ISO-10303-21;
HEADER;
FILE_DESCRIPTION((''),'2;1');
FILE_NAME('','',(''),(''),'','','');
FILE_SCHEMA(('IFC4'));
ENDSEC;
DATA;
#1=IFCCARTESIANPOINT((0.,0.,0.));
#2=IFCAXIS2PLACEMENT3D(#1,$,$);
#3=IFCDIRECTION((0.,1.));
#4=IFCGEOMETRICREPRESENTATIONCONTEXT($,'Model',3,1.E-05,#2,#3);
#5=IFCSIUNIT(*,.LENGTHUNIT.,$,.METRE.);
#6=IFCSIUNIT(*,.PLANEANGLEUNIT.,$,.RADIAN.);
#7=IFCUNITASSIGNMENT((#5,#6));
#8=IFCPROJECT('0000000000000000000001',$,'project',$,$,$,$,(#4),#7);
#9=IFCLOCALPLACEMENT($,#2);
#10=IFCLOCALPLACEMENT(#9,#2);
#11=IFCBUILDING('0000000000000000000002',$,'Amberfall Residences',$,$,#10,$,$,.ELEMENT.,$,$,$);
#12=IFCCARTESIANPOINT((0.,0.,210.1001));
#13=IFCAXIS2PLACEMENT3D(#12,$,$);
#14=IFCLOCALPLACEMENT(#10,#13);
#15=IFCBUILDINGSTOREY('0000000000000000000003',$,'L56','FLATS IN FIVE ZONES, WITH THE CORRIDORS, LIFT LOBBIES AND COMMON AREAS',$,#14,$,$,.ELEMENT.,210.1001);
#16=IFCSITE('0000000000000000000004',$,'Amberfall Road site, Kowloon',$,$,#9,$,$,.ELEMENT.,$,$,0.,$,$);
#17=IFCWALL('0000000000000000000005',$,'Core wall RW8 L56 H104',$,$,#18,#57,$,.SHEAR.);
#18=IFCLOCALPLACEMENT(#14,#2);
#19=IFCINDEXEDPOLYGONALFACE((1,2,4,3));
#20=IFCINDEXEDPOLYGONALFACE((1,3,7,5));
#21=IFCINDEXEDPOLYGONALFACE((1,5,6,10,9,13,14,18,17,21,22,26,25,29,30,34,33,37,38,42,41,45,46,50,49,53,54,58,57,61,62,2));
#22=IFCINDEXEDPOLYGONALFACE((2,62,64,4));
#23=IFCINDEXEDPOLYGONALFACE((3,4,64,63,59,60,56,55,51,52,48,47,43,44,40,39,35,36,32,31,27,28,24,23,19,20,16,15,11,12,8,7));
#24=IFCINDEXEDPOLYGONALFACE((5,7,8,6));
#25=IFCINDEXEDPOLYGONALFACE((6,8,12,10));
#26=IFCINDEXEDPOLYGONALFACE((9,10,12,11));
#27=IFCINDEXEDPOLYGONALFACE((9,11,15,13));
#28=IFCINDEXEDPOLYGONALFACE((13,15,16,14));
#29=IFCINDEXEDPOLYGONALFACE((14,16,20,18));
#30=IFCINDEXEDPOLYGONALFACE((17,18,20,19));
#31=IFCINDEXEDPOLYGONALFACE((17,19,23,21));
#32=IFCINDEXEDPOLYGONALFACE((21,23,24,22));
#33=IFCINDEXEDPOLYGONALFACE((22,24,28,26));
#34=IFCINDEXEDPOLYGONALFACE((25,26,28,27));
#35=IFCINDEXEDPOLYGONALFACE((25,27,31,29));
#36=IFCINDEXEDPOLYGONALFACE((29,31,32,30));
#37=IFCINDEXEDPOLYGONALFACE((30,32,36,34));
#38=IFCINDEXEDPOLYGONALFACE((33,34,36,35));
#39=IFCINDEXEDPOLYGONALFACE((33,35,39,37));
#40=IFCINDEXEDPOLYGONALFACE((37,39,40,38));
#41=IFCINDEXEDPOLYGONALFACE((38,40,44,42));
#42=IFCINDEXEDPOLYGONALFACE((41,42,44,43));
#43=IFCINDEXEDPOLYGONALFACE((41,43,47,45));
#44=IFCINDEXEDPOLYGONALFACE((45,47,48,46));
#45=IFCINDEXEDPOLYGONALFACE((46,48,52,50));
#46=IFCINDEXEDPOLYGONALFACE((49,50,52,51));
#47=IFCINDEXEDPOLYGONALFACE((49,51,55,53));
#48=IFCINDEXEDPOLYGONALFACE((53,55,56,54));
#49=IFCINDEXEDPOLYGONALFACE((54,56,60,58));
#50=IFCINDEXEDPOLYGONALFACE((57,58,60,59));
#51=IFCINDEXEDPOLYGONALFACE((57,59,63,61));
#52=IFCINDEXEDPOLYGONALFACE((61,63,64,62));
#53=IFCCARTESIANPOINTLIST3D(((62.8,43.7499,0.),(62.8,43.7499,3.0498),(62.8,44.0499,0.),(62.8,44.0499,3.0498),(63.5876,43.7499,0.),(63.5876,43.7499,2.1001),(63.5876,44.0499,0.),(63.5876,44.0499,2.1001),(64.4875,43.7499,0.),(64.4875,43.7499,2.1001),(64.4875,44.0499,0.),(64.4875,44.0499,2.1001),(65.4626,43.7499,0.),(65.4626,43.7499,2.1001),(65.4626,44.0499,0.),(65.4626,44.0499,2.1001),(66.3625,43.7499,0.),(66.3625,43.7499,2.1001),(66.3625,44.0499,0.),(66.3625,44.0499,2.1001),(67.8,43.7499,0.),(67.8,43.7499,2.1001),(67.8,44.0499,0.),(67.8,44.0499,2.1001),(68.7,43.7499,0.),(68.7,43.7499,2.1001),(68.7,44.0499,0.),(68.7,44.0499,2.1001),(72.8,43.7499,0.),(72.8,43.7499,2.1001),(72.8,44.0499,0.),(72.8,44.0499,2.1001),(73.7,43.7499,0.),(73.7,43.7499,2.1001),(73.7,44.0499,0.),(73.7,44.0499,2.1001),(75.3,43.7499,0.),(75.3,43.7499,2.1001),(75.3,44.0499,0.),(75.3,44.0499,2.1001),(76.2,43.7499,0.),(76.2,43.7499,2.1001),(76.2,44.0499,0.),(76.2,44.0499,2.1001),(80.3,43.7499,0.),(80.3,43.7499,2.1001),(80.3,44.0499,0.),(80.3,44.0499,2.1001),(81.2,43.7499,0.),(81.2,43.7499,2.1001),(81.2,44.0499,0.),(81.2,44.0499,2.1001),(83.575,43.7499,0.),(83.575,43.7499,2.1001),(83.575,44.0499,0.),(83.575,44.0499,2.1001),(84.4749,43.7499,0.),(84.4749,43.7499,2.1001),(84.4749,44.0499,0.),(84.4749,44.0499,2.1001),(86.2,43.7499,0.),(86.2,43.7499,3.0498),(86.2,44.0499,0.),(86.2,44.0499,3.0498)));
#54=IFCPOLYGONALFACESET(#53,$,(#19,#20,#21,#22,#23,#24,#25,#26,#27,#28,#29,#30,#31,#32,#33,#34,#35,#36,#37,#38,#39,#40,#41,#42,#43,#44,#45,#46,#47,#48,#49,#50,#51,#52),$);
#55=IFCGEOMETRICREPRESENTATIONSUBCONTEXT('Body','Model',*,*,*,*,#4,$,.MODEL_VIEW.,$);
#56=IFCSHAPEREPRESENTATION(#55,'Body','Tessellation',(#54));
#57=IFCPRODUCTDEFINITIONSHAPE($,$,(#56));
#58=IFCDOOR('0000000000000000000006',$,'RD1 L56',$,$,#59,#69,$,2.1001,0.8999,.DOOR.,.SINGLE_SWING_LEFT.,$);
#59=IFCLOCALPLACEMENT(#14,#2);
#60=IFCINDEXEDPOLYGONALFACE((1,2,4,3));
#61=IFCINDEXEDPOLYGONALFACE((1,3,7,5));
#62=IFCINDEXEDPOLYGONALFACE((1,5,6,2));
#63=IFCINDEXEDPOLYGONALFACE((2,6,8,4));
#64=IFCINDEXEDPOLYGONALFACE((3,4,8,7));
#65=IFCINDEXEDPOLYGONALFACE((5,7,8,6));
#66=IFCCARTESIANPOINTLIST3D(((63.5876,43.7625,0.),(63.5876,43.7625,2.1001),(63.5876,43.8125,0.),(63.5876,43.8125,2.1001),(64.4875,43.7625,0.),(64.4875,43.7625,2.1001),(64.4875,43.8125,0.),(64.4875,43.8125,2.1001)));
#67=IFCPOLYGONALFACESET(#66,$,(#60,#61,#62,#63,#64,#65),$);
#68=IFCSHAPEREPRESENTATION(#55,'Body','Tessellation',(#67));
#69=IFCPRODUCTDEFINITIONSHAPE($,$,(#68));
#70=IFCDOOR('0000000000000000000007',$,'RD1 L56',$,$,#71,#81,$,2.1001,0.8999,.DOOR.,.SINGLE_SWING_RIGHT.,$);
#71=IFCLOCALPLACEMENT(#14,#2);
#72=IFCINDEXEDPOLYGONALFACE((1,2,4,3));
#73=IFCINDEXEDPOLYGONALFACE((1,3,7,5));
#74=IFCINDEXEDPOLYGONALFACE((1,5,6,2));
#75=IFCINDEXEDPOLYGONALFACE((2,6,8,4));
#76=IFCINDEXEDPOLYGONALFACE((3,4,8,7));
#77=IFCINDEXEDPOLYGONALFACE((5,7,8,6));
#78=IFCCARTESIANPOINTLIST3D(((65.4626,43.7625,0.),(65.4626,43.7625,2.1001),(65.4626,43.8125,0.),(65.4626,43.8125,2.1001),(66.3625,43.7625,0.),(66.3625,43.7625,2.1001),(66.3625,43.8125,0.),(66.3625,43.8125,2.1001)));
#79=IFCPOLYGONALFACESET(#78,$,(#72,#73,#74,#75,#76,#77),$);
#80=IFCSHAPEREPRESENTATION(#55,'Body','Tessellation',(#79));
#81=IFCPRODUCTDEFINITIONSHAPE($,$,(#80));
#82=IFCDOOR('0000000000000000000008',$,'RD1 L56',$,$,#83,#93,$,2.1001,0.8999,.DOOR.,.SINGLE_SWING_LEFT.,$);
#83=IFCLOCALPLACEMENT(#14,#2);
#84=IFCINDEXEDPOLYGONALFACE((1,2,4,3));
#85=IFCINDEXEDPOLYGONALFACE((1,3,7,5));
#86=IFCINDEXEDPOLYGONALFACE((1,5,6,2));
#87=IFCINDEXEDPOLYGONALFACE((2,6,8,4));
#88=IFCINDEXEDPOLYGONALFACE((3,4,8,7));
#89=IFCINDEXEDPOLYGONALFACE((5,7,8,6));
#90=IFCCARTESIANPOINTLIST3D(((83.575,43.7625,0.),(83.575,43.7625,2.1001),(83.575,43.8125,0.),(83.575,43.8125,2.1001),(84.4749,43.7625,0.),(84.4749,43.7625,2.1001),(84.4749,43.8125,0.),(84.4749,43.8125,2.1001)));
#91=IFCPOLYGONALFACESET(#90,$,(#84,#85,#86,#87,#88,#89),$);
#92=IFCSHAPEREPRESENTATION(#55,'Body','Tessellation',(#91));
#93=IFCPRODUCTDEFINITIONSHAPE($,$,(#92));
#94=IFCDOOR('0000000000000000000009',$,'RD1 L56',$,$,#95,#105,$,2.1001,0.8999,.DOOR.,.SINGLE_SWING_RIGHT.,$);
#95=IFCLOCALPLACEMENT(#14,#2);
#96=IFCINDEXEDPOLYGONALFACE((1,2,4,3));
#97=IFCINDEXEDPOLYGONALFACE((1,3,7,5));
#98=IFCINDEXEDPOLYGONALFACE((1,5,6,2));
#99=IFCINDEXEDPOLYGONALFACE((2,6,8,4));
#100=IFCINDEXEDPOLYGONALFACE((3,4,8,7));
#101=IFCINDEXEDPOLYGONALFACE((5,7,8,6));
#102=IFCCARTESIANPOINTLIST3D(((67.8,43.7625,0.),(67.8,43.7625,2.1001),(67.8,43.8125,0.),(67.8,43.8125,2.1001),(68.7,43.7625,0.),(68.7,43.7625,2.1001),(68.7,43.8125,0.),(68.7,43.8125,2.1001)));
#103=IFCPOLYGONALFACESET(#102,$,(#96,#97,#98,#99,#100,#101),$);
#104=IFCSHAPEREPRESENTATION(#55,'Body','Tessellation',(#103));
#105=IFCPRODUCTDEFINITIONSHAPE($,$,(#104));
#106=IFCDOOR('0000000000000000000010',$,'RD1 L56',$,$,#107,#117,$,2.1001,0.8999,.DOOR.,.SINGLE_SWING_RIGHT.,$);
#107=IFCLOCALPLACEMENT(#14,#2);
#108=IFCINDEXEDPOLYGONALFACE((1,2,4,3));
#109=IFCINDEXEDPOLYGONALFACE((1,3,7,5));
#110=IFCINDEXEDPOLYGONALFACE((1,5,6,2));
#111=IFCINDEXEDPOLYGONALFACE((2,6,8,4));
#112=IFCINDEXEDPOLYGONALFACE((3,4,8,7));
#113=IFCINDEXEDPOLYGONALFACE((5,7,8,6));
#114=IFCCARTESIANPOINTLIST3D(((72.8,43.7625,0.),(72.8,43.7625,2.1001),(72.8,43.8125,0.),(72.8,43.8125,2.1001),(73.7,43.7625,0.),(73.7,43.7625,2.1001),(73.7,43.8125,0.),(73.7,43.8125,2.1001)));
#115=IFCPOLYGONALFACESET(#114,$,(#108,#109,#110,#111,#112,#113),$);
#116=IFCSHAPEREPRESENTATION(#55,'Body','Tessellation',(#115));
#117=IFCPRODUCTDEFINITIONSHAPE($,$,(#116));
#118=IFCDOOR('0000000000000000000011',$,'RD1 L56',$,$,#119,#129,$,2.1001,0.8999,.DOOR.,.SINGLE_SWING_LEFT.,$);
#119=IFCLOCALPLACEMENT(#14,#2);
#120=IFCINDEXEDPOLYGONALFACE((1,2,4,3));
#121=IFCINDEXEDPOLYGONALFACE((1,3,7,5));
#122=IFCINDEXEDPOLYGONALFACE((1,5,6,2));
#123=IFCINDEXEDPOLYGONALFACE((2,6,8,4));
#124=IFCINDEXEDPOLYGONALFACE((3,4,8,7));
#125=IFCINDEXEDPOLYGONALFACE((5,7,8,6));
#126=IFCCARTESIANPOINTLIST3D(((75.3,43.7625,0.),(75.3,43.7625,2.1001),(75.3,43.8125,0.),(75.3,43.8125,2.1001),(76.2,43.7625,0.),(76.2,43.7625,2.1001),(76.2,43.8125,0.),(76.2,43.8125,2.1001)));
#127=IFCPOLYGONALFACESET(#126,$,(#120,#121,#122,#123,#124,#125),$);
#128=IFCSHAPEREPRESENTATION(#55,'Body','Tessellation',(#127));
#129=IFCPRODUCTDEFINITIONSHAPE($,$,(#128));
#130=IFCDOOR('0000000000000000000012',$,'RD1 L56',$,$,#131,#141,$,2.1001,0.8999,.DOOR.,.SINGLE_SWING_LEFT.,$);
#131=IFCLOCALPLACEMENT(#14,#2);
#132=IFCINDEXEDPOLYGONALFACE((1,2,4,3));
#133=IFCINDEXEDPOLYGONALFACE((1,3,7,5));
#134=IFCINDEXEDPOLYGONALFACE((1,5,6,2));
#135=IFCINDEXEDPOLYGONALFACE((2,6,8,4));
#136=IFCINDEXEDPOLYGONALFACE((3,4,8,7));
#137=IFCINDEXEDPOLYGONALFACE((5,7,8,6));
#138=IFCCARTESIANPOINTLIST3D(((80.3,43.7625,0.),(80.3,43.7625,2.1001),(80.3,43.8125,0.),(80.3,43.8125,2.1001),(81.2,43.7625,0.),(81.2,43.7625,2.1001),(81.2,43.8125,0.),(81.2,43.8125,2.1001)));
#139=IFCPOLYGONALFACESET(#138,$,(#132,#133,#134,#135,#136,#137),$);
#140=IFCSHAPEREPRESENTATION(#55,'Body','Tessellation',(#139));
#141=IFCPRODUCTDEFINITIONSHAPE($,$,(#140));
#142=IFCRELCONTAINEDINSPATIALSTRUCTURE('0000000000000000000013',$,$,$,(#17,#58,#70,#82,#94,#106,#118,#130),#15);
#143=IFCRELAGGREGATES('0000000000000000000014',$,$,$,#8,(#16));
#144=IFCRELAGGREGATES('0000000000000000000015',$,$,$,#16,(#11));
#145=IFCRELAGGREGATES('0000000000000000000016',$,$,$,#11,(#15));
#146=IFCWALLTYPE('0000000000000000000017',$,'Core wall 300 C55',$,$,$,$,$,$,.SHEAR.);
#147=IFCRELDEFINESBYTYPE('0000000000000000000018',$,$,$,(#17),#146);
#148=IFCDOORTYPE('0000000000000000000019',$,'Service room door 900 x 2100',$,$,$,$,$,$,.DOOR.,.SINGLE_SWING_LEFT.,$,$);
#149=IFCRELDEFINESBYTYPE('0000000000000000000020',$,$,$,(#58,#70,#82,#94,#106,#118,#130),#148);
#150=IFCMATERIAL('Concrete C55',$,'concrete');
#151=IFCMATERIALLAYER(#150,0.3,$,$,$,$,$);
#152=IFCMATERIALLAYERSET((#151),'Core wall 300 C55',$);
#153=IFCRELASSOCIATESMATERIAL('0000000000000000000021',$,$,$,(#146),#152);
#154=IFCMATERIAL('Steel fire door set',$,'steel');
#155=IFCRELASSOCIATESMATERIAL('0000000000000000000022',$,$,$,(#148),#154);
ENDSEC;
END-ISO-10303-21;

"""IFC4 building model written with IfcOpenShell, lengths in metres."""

from ifc_helpers import new_model, si_unit, direction, frame, frame_2d, origin, place, context, subcontext, project, spatial, rectangle, extrude, material, layer, layer_set, type_object, element, fill, save


model = new_model("IFC4")

# Units and contexts
model_context = context("Model", 3, precision=1e-05, world=origin(), true_north=direction((0.0, 1.0)))
body_context = subcontext(model_context, "Body", "Model", "MODEL_VIEW")
ifc_project = project(units=[si_unit("LENGTHUNIT", "METRE"), si_unit("PLANEANGLEUNIT", "RADIAN")], contexts=[model_context])

# Site, building, storey
site_placement = place(None, origin())
site = spatial("IfcSite", under=ifc_project, at=site_placement, Name="Amberfall Road site, Kowloon", CompositionType="ELEMENT", RefElevation=0.0)
building_placement = place(site_placement, origin())
building = spatial("IfcBuilding", under=site, at=building_placement, Name="Amberfall Residences", CompositionType="ELEMENT")
storey_placement = place(building_placement, frame((0.0, 0.0, 210.1001)))
storey = spatial("IfcBuildingStorey", under=building, at=storey_placement, Name="L56", Description="FLATS IN FIVE ZONES, WITH THE CORRIDORS, LIFT LOBBIES AND COMMON AREAS", CompositionType="ELEMENT", Elevation=210.1001)

# Wall, openings, doors
ifc_material_1 = material(Name="Concrete C55", Category="concrete")
ifc_layer_1 = layer(ifc_material_1, 0.3)
ifc_layer_set_1 = layer_set([ifc_layer_1], Name="Core wall 300 C55")
wall_type_1 = type_object("IfcWallType", Name="Core wall 300 C55", PredefinedType="SHEAR", material=ifc_layer_set_1)
wall_1_placement = place(storey_placement, frame((62.8, 43.8999, 0.0), z_axis=(0.0, 0.0, 1.0), x_axis=(1.0, 0.0, 0.0)))
wall_1 = element("IfcWall", 1, at=wall_1_placement, inside=storey, type_object=wall_type_1, Name="Core wall RW8 L56 H104", PredefinedType="SHEAR", context=body_context, shape_type="SweptSolid", body=[
    extrude(rectangle(XDim=23.3999, YDim=0.3, at=frame_2d((11.7, 0.0))), origin(), (0.0, 0.0, 1.0), 3.0498),
])
opening_1_placement = place(wall_1_placement, frame((0.7876, 0.0, 0.0)))
opening_1 = element("IfcOpeningElement", 2, at=opening_1_placement, cuts=wall_1, PredefinedType="OPENING", context=body_context, shape_type="SweptSolid", body=[
    extrude(rectangle(XDim=0.8999, YDim=2.1001, at=frame_2d((0.45, 1.05))), frame((0.0, 0.1599, 0.0), z_axis=(0.0, -1.0, 0.0), x_axis=(1.0, 0.0, 0.0)), (0.0, 0.0, 1.0), 0.3201),
])
opening_2_placement = place(wall_1_placement, frame((2.6626, 0.0, 0.0)))
opening_2 = element("IfcOpeningElement", 3, at=opening_2_placement, cuts=wall_1, PredefinedType="OPENING", context=body_context, shape_type="SweptSolid", body=[
    extrude(rectangle(XDim=0.8999, YDim=2.1001, at=frame_2d((0.45, 1.05))), frame((0.0, 0.1599, 0.0), z_axis=(0.0, -1.0, 0.0), x_axis=(1.0, 0.0, 0.0)), (0.0, 0.0, 1.0), 0.3201),
])
opening_3_placement = place(wall_1_placement, frame((20.7749, 0.0, 0.0)))
opening_3 = element("IfcOpeningElement", 4, at=opening_3_placement, cuts=wall_1, PredefinedType="OPENING", context=body_context, shape_type="SweptSolid", body=[
    extrude(rectangle(XDim=0.8999, YDim=2.1001, at=frame_2d((0.45, 1.05))), frame((0.0, 0.1599, 0.0), z_axis=(0.0, -1.0, 0.0), x_axis=(1.0, 0.0, 0.0)), (0.0, 0.0, 1.0), 0.3201),
])
opening_4_placement = place(wall_1_placement, frame((5.0, 0.0, 0.0)))
opening_4 = element("IfcOpeningElement", 5, at=opening_4_placement, cuts=wall_1, PredefinedType="OPENING", context=body_context, shape_type="SweptSolid", body=[
    extrude(rectangle(XDim=0.8999, YDim=2.1001, at=frame_2d((0.45, 1.05))), frame((0.0, 0.1599, 0.0), z_axis=(0.0, -1.0, 0.0), x_axis=(1.0, 0.0, 0.0)), (0.0, 0.0, 1.0), 0.3201),
])
opening_5_placement = place(wall_1_placement, frame((10.0, 0.0, 0.0)))
opening_5 = element("IfcOpeningElement", 6, at=opening_5_placement, cuts=wall_1, PredefinedType="OPENING", context=body_context, shape_type="SweptSolid", body=[
    extrude(rectangle(XDim=0.8999, YDim=2.1001, at=frame_2d((0.45, 1.05))), frame((0.0, 0.1599, 0.0), z_axis=(0.0, -1.0, 0.0), x_axis=(1.0, 0.0, 0.0)), (0.0, 0.0, 1.0), 0.3201),
])
opening_6_placement = place(wall_1_placement, frame((12.5, 0.0, 0.0)))
opening_6 = element("IfcOpeningElement", 7, at=opening_6_placement, cuts=wall_1, PredefinedType="OPENING", context=body_context, shape_type="SweptSolid", body=[
    extrude(rectangle(XDim=0.8999, YDim=2.1001, at=frame_2d((0.45, 1.05))), frame((0.0, 0.1599, 0.0), z_axis=(0.0, -1.0, 0.0), x_axis=(1.0, 0.0, 0.0)), (0.0, 0.0, 1.0), 0.3201),
])
opening_7_placement = place(wall_1_placement, frame((17.5, 0.0, 0.0)))
opening_7 = element("IfcOpeningElement", 8, at=opening_7_placement, cuts=wall_1, PredefinedType="OPENING", context=body_context, shape_type="SweptSolid", body=[
    extrude(rectangle(XDim=0.8999, YDim=2.1001, at=frame_2d((0.45, 1.05))), frame((0.0, 0.1599, 0.0), z_axis=(0.0, -1.0, 0.0), x_axis=(1.0, 0.0, 0.0)), (0.0, 0.0, 1.0), 0.3201),
])
ifc_material_2 = material(Name="Steel fire door set", Category="steel")
door_type_1 = type_object("IfcDoorType", Name="Service room door 900 x 2100", OperationType="SINGLE_SWING_LEFT", PredefinedType="DOOR", material=ifc_material_2)
door_1_placement = place(opening_1_placement, origin())
door_1 = element("IfcDoor", 9, at=door_1_placement, inside=storey, type_object=door_type_1, Name="RD1 L56", OperationType="SINGLE_SWING_LEFT", OverallHeight=2.1001, OverallWidth=0.8999, PredefinedType="DOOR", context=body_context, shape_type="SweptSolid", body=[
    extrude(rectangle(XDim=0.8999, YDim=2.1001, at=frame_2d((0.45, 1.05))), frame((0.0, -0.0874, 0.0), z_axis=(0.0, -1.0, 0.0), x_axis=(1.0, 0.0, 0.0)), (0.0, 0.0, 1.0), 0.05),
])
fill(opening_1, door_1)
door_2_placement = place(opening_2_placement, origin())
door_2 = element("IfcDoor", 10, at=door_2_placement, inside=storey, type_object=door_type_1, Name="RD1 L56", OperationType="SINGLE_SWING_RIGHT", OverallHeight=2.1001, OverallWidth=0.8999, PredefinedType="DOOR", context=body_context, shape_type="SweptSolid", body=[
    extrude(rectangle(XDim=0.8999, YDim=2.1001, at=frame_2d((0.45, 1.05))), frame((0.0, -0.0874, 0.0), z_axis=(0.0, -1.0, 0.0), x_axis=(1.0, 0.0, 0.0)), (0.0, 0.0, 1.0), 0.05),
])
fill(opening_2, door_2)
door_3_placement = place(opening_3_placement, origin())
door_3 = element("IfcDoor", 11, at=door_3_placement, inside=storey, type_object=door_type_1, Name="RD1 L56", OperationType="SINGLE_SWING_LEFT", OverallHeight=2.1001, OverallWidth=0.8999, PredefinedType="DOOR", context=body_context, shape_type="SweptSolid", body=[
    extrude(rectangle(XDim=0.8999, YDim=2.1001, at=frame_2d((0.45, 1.05))), frame((0.0, -0.0874, 0.0), z_axis=(0.0, -1.0, 0.0), x_axis=(1.0, 0.0, 0.0)), (0.0, 0.0, 1.0), 0.05),
])
fill(opening_3, door_3)
door_4_placement = place(opening_4_placement, origin())
door_4 = element("IfcDoor", 12, at=door_4_placement, inside=storey, type_object=door_type_1, Name="RD1 L56", OperationType="SINGLE_SWING_RIGHT", OverallHeight=2.1001, OverallWidth=0.8999, PredefinedType="DOOR", context=body_context, shape_type="SweptSolid", body=[
    extrude(rectangle(XDim=0.8999, YDim=2.1001, at=frame_2d((0.45, 1.05))), frame((0.0, -0.0874, 0.0), z_axis=(0.0, -1.0, 0.0), x_axis=(1.0, 0.0, 0.0)), (0.0, 0.0, 1.0), 0.05),
])
fill(opening_4, door_4)
door_5_placement = place(opening_5_placement, origin())
door_5 = element("IfcDoor", 13, at=door_5_placement, inside=storey, type_object=door_type_1, Name="RD1 L56", OperationType="SINGLE_SWING_RIGHT", OverallHeight=2.1001, OverallWidth=0.8999, PredefinedType="DOOR", context=body_context, shape_type="SweptSolid", body=[
    extrude(rectangle(XDim=0.8999, YDim=2.1001, at=frame_2d((0.45, 1.05))), frame((0.0, -0.0874, 0.0), z_axis=(0.0, -1.0, 0.0), x_axis=(1.0, 0.0, 0.0)), (0.0, 0.0, 1.0), 0.05),
])
fill(opening_5, door_5)
door_6_placement = place(opening_6_placement, origin())
door_6 = element("IfcDoor", 14, at=door_6_placement, inside=storey, type_object=door_type_1, Name="RD1 L56", OperationType="SINGLE_SWING_LEFT", OverallHeight=2.1001, OverallWidth=0.8999, PredefinedType="DOOR", context=body_context, shape_type="SweptSolid", body=[
    extrude(rectangle(XDim=0.8999, YDim=2.1001, at=frame_2d((0.45, 1.05))), frame((0.0, -0.0874, 0.0), z_axis=(0.0, -1.0, 0.0), x_axis=(1.0, 0.0, 0.0)), (0.0, 0.0, 1.0), 0.05),
])
fill(opening_6, door_6)
door_7_placement = place(opening_7_placement, origin())
door_7 = element("IfcDoor", 15, at=door_7_placement, inside=storey, type_object=door_type_1, Name="RD1 L56", OperationType="SINGLE_SWING_LEFT", OverallHeight=2.1001, OverallWidth=0.8999, PredefinedType="DOOR", context=body_context, shape_type="SweptSolid", body=[
    extrude(rectangle(XDim=0.8999, YDim=2.1001, at=frame_2d((0.45, 1.05))), frame((0.0, -0.0874, 0.0), z_axis=(0.0, -1.0, 0.0), x_axis=(1.0, 0.0, 0.0)), (0.0, 0.0, 1.0), 0.05),
])
fill(opening_7, door_7)

save(model, "model.ifc")
